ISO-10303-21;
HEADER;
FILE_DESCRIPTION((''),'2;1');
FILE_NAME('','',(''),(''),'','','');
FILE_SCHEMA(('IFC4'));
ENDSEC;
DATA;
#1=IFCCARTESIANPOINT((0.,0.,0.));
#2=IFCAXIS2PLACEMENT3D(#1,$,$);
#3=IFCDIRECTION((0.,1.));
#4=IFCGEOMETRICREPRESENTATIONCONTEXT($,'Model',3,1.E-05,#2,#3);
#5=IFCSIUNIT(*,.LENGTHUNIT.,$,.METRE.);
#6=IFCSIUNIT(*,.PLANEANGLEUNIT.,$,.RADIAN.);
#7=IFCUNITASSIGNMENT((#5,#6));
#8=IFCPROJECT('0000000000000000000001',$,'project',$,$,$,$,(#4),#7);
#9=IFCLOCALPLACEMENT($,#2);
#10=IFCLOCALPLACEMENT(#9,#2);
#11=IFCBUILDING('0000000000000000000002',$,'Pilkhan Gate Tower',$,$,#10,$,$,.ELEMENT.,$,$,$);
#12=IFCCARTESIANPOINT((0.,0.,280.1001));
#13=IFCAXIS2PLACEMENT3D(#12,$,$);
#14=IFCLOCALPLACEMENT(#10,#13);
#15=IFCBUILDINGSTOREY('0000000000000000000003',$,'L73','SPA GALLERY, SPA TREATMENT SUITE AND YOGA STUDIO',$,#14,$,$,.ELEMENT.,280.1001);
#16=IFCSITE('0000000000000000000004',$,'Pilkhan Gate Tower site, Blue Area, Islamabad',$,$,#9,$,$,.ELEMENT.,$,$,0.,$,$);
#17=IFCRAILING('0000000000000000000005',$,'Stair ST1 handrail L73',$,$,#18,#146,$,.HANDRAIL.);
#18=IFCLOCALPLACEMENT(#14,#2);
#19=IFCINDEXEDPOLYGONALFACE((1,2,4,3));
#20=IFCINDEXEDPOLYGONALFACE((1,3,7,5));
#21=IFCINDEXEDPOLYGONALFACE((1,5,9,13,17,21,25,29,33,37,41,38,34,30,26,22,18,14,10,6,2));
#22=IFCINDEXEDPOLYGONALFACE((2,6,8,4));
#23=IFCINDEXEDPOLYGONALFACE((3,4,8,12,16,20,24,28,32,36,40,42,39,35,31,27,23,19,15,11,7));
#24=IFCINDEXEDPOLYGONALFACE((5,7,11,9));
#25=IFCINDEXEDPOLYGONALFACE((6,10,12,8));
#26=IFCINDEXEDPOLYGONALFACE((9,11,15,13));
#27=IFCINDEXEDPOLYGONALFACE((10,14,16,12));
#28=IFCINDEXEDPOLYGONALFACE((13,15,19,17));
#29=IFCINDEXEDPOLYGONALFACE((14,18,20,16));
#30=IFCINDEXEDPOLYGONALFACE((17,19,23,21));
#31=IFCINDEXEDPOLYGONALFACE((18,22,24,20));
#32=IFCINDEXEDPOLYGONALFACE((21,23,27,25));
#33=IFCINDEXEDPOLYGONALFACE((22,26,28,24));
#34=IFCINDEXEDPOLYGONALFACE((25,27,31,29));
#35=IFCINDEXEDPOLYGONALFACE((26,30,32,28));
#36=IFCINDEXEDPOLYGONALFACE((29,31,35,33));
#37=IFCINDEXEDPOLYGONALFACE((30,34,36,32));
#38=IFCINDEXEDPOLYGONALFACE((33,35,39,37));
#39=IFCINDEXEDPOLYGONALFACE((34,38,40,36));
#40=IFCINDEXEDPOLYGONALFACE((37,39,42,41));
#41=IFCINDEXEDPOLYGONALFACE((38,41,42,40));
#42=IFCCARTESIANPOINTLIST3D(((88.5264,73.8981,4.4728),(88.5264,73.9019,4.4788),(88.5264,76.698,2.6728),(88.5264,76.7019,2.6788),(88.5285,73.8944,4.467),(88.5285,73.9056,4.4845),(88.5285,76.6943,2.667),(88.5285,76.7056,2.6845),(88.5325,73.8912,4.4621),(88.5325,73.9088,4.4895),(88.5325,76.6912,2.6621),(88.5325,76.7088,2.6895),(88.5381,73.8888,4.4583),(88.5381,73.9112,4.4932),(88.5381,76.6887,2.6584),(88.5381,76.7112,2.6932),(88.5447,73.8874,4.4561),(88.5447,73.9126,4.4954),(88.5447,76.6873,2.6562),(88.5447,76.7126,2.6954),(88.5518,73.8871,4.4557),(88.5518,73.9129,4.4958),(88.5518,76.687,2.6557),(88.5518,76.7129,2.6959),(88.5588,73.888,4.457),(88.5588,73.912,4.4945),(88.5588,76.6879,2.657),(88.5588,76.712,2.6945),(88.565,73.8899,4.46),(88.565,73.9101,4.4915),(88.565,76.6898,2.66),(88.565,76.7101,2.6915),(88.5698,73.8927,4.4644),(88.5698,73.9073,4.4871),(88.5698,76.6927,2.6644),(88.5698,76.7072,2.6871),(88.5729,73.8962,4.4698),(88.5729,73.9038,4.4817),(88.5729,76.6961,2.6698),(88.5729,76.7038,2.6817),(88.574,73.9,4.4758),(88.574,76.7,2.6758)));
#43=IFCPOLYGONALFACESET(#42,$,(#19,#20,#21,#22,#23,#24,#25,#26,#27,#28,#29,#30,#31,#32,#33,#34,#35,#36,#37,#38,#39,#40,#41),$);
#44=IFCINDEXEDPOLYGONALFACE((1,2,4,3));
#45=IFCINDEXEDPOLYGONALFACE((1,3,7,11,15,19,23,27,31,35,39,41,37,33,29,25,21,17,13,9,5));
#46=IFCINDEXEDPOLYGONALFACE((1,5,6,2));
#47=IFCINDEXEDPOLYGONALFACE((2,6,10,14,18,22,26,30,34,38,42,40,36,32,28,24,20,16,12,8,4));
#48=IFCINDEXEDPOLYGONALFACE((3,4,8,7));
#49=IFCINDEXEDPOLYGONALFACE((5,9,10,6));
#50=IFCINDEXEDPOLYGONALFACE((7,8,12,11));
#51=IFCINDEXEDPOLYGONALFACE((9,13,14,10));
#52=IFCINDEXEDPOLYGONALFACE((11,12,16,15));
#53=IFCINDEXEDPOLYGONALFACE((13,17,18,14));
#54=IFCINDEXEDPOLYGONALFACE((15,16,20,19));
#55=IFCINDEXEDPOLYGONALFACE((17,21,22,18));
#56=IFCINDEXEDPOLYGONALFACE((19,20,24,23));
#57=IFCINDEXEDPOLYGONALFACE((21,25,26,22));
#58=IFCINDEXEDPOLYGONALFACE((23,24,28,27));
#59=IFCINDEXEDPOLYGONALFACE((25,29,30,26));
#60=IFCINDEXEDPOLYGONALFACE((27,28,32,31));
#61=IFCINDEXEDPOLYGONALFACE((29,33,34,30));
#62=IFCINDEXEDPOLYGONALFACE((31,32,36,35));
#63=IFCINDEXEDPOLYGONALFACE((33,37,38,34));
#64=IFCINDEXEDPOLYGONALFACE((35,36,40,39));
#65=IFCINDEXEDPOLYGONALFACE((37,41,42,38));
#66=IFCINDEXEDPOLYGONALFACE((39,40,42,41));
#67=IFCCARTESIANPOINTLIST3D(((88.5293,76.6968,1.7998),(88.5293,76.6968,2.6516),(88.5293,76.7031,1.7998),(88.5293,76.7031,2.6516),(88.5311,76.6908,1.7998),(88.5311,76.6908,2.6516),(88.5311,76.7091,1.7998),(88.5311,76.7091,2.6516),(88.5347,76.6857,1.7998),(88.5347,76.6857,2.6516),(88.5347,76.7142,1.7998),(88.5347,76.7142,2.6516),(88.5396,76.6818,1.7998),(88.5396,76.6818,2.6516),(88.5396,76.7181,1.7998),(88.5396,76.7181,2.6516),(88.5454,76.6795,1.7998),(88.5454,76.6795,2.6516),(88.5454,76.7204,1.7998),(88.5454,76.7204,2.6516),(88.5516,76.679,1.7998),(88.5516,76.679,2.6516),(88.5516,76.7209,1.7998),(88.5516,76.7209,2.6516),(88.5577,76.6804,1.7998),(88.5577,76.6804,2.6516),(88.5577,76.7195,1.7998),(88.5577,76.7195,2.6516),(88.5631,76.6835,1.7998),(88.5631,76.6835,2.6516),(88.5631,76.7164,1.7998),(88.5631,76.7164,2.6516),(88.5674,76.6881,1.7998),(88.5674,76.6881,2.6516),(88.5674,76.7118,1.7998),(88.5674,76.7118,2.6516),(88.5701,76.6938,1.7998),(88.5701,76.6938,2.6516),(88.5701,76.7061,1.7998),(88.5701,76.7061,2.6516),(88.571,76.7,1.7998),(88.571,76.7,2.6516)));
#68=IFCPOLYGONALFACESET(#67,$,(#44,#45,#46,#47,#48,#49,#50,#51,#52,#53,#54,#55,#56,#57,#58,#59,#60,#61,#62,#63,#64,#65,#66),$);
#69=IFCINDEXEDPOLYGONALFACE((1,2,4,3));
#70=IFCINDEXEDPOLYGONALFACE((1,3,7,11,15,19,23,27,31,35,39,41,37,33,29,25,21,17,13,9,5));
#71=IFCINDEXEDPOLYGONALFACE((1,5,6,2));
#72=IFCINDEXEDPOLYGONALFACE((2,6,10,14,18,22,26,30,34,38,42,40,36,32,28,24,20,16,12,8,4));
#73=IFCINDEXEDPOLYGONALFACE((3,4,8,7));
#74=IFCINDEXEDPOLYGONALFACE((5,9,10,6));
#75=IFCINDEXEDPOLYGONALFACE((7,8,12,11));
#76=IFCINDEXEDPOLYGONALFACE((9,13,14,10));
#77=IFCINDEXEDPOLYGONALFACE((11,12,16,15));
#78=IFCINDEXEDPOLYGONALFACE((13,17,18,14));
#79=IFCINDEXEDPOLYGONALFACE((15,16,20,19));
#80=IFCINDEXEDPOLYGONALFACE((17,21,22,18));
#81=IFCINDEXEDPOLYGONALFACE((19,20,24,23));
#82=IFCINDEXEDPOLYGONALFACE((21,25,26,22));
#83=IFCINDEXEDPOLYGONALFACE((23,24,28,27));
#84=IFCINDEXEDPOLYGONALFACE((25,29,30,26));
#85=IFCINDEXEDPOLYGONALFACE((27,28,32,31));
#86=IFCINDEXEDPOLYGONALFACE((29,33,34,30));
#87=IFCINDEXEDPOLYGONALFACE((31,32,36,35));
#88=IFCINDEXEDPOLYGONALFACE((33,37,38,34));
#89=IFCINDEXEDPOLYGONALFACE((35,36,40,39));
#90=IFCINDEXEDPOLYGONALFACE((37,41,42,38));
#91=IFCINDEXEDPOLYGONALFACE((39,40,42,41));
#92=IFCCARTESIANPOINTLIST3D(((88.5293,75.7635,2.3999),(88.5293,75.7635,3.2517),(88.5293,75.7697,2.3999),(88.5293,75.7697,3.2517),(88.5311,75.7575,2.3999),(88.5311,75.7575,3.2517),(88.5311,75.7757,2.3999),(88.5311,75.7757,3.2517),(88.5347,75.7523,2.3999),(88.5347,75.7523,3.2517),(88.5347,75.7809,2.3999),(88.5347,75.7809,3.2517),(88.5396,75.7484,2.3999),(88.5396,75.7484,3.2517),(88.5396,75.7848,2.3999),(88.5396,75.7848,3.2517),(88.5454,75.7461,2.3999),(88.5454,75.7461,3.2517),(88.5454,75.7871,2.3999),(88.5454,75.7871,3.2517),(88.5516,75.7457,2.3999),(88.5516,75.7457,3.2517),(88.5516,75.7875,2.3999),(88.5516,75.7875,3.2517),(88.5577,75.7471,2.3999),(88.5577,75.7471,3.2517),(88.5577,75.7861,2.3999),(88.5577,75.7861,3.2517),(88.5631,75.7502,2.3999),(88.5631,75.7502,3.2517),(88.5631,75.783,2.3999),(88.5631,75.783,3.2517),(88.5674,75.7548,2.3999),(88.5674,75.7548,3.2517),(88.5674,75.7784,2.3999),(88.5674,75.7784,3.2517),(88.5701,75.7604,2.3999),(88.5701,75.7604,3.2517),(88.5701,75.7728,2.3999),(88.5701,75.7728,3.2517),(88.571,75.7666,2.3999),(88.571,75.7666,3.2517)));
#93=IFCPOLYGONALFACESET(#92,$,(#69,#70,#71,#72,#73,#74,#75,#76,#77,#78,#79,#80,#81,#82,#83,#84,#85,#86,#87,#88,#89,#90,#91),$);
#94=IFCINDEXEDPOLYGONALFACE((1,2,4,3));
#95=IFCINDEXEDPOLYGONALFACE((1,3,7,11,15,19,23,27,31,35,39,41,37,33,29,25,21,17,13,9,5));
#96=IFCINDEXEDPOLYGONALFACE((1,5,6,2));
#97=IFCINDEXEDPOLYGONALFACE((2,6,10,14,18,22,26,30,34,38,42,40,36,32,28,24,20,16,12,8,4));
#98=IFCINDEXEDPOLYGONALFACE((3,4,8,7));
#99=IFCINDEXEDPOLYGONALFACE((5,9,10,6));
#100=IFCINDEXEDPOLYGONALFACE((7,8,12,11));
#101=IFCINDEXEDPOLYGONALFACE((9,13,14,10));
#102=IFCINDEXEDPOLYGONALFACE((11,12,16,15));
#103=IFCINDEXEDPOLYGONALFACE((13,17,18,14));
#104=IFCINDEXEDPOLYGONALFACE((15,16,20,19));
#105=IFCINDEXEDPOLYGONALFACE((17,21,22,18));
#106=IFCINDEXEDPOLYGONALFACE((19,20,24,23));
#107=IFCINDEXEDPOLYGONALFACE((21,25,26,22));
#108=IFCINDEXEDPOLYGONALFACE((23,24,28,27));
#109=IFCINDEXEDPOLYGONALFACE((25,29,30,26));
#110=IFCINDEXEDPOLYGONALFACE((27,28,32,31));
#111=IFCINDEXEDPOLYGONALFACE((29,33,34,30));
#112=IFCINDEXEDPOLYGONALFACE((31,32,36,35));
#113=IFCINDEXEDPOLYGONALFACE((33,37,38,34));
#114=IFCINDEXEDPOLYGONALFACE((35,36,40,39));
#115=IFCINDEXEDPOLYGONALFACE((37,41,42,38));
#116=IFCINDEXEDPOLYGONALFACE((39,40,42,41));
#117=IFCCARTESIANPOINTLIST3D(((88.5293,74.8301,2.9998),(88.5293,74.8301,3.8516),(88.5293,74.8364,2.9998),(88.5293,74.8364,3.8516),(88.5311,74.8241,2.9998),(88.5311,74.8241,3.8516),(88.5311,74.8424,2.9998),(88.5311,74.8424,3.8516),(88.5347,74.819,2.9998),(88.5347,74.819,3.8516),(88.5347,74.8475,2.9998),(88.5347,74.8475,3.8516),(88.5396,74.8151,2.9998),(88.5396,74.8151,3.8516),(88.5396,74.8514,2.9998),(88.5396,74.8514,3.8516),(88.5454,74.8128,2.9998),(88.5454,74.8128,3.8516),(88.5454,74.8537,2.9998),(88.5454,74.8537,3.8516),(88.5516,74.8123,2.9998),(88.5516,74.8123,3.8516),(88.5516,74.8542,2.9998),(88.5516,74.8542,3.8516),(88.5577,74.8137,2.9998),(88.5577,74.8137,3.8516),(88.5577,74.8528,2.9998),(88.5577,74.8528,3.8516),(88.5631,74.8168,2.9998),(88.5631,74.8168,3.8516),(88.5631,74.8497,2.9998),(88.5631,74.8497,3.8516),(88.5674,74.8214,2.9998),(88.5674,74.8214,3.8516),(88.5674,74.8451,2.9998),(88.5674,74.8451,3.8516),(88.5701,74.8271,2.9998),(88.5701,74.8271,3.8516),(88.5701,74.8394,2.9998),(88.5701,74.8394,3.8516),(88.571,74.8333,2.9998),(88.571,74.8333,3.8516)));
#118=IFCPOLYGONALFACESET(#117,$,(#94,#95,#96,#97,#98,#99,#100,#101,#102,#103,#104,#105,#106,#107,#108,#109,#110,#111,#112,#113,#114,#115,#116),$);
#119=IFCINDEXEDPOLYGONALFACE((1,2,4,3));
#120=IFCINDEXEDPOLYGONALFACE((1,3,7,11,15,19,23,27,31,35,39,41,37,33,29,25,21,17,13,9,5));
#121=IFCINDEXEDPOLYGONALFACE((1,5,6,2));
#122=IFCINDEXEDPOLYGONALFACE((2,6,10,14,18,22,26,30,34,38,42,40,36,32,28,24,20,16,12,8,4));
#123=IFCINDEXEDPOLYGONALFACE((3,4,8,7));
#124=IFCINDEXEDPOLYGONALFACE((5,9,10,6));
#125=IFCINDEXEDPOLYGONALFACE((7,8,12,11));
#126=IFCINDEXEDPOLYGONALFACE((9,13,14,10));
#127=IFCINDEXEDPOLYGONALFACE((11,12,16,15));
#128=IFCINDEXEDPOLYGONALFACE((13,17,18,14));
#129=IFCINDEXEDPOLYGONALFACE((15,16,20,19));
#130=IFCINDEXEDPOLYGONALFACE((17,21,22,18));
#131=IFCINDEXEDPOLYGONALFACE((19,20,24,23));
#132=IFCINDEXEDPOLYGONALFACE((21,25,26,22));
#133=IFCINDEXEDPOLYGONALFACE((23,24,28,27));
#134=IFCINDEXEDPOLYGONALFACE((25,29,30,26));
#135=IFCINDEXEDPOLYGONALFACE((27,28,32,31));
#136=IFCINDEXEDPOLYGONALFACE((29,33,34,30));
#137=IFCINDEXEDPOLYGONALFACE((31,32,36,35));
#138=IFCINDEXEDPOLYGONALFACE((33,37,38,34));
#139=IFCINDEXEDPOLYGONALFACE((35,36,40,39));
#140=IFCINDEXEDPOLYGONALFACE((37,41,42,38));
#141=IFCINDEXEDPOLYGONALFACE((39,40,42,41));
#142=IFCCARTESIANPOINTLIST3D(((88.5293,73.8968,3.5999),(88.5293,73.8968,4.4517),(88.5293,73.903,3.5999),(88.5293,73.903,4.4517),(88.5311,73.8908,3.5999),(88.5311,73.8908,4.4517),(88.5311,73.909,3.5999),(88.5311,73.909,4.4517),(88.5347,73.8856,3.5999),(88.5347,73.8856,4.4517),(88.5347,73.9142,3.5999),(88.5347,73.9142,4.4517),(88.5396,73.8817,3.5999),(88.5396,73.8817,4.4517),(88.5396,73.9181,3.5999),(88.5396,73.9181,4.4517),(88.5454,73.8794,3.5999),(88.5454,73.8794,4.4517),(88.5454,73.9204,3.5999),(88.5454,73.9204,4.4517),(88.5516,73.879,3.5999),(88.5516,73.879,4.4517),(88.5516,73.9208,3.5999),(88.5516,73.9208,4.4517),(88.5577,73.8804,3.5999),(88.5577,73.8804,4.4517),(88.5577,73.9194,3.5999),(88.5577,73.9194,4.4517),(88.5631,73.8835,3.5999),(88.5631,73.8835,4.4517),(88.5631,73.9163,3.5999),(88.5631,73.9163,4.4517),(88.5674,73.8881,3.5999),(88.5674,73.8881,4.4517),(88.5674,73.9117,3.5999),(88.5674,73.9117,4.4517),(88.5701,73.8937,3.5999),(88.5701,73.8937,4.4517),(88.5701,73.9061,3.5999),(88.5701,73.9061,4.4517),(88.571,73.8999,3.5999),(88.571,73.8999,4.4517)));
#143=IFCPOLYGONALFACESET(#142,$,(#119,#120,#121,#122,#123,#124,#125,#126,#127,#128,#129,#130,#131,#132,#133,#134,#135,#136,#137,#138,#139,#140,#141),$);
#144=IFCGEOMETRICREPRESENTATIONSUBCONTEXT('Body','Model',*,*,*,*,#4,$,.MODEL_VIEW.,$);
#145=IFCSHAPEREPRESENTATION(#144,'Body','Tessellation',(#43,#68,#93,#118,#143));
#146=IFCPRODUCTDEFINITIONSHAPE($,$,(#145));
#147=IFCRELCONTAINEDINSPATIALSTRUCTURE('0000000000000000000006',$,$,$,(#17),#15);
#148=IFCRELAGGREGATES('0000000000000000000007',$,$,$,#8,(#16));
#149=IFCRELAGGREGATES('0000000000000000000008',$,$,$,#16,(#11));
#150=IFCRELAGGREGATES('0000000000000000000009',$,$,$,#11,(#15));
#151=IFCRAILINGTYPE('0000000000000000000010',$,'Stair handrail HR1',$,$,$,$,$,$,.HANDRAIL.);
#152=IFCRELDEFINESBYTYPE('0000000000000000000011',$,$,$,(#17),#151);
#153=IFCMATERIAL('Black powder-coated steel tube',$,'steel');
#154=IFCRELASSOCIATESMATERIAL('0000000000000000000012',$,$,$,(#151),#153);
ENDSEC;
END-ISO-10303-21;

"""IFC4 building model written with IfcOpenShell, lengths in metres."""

from ifc_helpers import new_model, si_unit, direction, frame, origin, origin_2d, place, context, subcontext, project, spatial, circle, extrude, material, type_object, element, save


model = new_model("IFC4")

# Units and contexts
model_context = context("Model", 3, precision=1e-05, world=origin(), true_north=direction((0.0, 1.0)))
body_context = subcontext(model_context, "Body", "Model", "MODEL_VIEW")
ifc_project = project(units=[si_unit("LENGTHUNIT", "METRE"), si_unit("PLANEANGLEUNIT", "RADIAN")], contexts=[model_context])

# Site, building, storey
site_placement = place(None, origin())
site = spatial("IfcSite", under=ifc_project, at=site_placement, Name="Pilkhan Gate Tower site, Blue Area, Islamabad", CompositionType="ELEMENT", RefElevation=0.0)
building_placement = place(site_placement, origin())
building = spatial("IfcBuilding", under=site, at=building_placement, Name="Pilkhan Gate Tower", CompositionType="ELEMENT")
storey_placement = place(building_placement, frame((0.0, 0.0, 280.1001)))
storey = spatial("IfcBuildingStorey", under=building, at=storey_placement, Name="L73", Description="SPA GALLERY, SPA TREATMENT SUITE AND YOGA STUDIO", CompositionType="ELEMENT", Elevation=280.1001)

# Railing
ifc_material_1 = material(Name="Black powder-coated steel tube", Category="steel")
railing_type_1 = type_object("IfcRailingType", Name="Stair handrail HR1", PredefinedType="HANDRAIL", material=ifc_material_1)
railing_1_placement = place(storey_placement, frame((88.55, 76.7, 1.7998)))
element("IfcRailing", 1, at=railing_1_placement, inside=storey, type_object=railing_type_1, Name="Stair ST1 handrail L73", PredefinedType="HANDRAIL", context=body_context, shape_type="SweptSolid", body=[
    extrude(circle(Radius=0.0239, at=origin_2d()), frame((0.0, 0.0, 0.876), z_axis=(0.0, -0.841176, 0.540761), x_axis=(1.0, 0.0, 0.0)), (0.0, 0.0, 1.0), 3.3286),
    extrude(circle(Radius=0.021, at=origin_2d()), origin(), (0.0, 0.0, 1.0), 0.8518),
    extrude(circle(Radius=0.021, at=origin_2d()), frame((0.0, -0.9333, 0.6001)), (0.0, 0.0, 1.0), 0.8518),
    extrude(circle(Radius=0.021, at=origin_2d()), frame((0.0, -1.8667, 1.2)), (0.0, 0.0, 1.0), 0.8518),
    extrude(circle(Radius=0.021, at=origin_2d()), frame((0.0, -2.8, 1.8)), (0.0, 0.0, 1.0), 0.8518),
])

save(model, "model.ifc")
